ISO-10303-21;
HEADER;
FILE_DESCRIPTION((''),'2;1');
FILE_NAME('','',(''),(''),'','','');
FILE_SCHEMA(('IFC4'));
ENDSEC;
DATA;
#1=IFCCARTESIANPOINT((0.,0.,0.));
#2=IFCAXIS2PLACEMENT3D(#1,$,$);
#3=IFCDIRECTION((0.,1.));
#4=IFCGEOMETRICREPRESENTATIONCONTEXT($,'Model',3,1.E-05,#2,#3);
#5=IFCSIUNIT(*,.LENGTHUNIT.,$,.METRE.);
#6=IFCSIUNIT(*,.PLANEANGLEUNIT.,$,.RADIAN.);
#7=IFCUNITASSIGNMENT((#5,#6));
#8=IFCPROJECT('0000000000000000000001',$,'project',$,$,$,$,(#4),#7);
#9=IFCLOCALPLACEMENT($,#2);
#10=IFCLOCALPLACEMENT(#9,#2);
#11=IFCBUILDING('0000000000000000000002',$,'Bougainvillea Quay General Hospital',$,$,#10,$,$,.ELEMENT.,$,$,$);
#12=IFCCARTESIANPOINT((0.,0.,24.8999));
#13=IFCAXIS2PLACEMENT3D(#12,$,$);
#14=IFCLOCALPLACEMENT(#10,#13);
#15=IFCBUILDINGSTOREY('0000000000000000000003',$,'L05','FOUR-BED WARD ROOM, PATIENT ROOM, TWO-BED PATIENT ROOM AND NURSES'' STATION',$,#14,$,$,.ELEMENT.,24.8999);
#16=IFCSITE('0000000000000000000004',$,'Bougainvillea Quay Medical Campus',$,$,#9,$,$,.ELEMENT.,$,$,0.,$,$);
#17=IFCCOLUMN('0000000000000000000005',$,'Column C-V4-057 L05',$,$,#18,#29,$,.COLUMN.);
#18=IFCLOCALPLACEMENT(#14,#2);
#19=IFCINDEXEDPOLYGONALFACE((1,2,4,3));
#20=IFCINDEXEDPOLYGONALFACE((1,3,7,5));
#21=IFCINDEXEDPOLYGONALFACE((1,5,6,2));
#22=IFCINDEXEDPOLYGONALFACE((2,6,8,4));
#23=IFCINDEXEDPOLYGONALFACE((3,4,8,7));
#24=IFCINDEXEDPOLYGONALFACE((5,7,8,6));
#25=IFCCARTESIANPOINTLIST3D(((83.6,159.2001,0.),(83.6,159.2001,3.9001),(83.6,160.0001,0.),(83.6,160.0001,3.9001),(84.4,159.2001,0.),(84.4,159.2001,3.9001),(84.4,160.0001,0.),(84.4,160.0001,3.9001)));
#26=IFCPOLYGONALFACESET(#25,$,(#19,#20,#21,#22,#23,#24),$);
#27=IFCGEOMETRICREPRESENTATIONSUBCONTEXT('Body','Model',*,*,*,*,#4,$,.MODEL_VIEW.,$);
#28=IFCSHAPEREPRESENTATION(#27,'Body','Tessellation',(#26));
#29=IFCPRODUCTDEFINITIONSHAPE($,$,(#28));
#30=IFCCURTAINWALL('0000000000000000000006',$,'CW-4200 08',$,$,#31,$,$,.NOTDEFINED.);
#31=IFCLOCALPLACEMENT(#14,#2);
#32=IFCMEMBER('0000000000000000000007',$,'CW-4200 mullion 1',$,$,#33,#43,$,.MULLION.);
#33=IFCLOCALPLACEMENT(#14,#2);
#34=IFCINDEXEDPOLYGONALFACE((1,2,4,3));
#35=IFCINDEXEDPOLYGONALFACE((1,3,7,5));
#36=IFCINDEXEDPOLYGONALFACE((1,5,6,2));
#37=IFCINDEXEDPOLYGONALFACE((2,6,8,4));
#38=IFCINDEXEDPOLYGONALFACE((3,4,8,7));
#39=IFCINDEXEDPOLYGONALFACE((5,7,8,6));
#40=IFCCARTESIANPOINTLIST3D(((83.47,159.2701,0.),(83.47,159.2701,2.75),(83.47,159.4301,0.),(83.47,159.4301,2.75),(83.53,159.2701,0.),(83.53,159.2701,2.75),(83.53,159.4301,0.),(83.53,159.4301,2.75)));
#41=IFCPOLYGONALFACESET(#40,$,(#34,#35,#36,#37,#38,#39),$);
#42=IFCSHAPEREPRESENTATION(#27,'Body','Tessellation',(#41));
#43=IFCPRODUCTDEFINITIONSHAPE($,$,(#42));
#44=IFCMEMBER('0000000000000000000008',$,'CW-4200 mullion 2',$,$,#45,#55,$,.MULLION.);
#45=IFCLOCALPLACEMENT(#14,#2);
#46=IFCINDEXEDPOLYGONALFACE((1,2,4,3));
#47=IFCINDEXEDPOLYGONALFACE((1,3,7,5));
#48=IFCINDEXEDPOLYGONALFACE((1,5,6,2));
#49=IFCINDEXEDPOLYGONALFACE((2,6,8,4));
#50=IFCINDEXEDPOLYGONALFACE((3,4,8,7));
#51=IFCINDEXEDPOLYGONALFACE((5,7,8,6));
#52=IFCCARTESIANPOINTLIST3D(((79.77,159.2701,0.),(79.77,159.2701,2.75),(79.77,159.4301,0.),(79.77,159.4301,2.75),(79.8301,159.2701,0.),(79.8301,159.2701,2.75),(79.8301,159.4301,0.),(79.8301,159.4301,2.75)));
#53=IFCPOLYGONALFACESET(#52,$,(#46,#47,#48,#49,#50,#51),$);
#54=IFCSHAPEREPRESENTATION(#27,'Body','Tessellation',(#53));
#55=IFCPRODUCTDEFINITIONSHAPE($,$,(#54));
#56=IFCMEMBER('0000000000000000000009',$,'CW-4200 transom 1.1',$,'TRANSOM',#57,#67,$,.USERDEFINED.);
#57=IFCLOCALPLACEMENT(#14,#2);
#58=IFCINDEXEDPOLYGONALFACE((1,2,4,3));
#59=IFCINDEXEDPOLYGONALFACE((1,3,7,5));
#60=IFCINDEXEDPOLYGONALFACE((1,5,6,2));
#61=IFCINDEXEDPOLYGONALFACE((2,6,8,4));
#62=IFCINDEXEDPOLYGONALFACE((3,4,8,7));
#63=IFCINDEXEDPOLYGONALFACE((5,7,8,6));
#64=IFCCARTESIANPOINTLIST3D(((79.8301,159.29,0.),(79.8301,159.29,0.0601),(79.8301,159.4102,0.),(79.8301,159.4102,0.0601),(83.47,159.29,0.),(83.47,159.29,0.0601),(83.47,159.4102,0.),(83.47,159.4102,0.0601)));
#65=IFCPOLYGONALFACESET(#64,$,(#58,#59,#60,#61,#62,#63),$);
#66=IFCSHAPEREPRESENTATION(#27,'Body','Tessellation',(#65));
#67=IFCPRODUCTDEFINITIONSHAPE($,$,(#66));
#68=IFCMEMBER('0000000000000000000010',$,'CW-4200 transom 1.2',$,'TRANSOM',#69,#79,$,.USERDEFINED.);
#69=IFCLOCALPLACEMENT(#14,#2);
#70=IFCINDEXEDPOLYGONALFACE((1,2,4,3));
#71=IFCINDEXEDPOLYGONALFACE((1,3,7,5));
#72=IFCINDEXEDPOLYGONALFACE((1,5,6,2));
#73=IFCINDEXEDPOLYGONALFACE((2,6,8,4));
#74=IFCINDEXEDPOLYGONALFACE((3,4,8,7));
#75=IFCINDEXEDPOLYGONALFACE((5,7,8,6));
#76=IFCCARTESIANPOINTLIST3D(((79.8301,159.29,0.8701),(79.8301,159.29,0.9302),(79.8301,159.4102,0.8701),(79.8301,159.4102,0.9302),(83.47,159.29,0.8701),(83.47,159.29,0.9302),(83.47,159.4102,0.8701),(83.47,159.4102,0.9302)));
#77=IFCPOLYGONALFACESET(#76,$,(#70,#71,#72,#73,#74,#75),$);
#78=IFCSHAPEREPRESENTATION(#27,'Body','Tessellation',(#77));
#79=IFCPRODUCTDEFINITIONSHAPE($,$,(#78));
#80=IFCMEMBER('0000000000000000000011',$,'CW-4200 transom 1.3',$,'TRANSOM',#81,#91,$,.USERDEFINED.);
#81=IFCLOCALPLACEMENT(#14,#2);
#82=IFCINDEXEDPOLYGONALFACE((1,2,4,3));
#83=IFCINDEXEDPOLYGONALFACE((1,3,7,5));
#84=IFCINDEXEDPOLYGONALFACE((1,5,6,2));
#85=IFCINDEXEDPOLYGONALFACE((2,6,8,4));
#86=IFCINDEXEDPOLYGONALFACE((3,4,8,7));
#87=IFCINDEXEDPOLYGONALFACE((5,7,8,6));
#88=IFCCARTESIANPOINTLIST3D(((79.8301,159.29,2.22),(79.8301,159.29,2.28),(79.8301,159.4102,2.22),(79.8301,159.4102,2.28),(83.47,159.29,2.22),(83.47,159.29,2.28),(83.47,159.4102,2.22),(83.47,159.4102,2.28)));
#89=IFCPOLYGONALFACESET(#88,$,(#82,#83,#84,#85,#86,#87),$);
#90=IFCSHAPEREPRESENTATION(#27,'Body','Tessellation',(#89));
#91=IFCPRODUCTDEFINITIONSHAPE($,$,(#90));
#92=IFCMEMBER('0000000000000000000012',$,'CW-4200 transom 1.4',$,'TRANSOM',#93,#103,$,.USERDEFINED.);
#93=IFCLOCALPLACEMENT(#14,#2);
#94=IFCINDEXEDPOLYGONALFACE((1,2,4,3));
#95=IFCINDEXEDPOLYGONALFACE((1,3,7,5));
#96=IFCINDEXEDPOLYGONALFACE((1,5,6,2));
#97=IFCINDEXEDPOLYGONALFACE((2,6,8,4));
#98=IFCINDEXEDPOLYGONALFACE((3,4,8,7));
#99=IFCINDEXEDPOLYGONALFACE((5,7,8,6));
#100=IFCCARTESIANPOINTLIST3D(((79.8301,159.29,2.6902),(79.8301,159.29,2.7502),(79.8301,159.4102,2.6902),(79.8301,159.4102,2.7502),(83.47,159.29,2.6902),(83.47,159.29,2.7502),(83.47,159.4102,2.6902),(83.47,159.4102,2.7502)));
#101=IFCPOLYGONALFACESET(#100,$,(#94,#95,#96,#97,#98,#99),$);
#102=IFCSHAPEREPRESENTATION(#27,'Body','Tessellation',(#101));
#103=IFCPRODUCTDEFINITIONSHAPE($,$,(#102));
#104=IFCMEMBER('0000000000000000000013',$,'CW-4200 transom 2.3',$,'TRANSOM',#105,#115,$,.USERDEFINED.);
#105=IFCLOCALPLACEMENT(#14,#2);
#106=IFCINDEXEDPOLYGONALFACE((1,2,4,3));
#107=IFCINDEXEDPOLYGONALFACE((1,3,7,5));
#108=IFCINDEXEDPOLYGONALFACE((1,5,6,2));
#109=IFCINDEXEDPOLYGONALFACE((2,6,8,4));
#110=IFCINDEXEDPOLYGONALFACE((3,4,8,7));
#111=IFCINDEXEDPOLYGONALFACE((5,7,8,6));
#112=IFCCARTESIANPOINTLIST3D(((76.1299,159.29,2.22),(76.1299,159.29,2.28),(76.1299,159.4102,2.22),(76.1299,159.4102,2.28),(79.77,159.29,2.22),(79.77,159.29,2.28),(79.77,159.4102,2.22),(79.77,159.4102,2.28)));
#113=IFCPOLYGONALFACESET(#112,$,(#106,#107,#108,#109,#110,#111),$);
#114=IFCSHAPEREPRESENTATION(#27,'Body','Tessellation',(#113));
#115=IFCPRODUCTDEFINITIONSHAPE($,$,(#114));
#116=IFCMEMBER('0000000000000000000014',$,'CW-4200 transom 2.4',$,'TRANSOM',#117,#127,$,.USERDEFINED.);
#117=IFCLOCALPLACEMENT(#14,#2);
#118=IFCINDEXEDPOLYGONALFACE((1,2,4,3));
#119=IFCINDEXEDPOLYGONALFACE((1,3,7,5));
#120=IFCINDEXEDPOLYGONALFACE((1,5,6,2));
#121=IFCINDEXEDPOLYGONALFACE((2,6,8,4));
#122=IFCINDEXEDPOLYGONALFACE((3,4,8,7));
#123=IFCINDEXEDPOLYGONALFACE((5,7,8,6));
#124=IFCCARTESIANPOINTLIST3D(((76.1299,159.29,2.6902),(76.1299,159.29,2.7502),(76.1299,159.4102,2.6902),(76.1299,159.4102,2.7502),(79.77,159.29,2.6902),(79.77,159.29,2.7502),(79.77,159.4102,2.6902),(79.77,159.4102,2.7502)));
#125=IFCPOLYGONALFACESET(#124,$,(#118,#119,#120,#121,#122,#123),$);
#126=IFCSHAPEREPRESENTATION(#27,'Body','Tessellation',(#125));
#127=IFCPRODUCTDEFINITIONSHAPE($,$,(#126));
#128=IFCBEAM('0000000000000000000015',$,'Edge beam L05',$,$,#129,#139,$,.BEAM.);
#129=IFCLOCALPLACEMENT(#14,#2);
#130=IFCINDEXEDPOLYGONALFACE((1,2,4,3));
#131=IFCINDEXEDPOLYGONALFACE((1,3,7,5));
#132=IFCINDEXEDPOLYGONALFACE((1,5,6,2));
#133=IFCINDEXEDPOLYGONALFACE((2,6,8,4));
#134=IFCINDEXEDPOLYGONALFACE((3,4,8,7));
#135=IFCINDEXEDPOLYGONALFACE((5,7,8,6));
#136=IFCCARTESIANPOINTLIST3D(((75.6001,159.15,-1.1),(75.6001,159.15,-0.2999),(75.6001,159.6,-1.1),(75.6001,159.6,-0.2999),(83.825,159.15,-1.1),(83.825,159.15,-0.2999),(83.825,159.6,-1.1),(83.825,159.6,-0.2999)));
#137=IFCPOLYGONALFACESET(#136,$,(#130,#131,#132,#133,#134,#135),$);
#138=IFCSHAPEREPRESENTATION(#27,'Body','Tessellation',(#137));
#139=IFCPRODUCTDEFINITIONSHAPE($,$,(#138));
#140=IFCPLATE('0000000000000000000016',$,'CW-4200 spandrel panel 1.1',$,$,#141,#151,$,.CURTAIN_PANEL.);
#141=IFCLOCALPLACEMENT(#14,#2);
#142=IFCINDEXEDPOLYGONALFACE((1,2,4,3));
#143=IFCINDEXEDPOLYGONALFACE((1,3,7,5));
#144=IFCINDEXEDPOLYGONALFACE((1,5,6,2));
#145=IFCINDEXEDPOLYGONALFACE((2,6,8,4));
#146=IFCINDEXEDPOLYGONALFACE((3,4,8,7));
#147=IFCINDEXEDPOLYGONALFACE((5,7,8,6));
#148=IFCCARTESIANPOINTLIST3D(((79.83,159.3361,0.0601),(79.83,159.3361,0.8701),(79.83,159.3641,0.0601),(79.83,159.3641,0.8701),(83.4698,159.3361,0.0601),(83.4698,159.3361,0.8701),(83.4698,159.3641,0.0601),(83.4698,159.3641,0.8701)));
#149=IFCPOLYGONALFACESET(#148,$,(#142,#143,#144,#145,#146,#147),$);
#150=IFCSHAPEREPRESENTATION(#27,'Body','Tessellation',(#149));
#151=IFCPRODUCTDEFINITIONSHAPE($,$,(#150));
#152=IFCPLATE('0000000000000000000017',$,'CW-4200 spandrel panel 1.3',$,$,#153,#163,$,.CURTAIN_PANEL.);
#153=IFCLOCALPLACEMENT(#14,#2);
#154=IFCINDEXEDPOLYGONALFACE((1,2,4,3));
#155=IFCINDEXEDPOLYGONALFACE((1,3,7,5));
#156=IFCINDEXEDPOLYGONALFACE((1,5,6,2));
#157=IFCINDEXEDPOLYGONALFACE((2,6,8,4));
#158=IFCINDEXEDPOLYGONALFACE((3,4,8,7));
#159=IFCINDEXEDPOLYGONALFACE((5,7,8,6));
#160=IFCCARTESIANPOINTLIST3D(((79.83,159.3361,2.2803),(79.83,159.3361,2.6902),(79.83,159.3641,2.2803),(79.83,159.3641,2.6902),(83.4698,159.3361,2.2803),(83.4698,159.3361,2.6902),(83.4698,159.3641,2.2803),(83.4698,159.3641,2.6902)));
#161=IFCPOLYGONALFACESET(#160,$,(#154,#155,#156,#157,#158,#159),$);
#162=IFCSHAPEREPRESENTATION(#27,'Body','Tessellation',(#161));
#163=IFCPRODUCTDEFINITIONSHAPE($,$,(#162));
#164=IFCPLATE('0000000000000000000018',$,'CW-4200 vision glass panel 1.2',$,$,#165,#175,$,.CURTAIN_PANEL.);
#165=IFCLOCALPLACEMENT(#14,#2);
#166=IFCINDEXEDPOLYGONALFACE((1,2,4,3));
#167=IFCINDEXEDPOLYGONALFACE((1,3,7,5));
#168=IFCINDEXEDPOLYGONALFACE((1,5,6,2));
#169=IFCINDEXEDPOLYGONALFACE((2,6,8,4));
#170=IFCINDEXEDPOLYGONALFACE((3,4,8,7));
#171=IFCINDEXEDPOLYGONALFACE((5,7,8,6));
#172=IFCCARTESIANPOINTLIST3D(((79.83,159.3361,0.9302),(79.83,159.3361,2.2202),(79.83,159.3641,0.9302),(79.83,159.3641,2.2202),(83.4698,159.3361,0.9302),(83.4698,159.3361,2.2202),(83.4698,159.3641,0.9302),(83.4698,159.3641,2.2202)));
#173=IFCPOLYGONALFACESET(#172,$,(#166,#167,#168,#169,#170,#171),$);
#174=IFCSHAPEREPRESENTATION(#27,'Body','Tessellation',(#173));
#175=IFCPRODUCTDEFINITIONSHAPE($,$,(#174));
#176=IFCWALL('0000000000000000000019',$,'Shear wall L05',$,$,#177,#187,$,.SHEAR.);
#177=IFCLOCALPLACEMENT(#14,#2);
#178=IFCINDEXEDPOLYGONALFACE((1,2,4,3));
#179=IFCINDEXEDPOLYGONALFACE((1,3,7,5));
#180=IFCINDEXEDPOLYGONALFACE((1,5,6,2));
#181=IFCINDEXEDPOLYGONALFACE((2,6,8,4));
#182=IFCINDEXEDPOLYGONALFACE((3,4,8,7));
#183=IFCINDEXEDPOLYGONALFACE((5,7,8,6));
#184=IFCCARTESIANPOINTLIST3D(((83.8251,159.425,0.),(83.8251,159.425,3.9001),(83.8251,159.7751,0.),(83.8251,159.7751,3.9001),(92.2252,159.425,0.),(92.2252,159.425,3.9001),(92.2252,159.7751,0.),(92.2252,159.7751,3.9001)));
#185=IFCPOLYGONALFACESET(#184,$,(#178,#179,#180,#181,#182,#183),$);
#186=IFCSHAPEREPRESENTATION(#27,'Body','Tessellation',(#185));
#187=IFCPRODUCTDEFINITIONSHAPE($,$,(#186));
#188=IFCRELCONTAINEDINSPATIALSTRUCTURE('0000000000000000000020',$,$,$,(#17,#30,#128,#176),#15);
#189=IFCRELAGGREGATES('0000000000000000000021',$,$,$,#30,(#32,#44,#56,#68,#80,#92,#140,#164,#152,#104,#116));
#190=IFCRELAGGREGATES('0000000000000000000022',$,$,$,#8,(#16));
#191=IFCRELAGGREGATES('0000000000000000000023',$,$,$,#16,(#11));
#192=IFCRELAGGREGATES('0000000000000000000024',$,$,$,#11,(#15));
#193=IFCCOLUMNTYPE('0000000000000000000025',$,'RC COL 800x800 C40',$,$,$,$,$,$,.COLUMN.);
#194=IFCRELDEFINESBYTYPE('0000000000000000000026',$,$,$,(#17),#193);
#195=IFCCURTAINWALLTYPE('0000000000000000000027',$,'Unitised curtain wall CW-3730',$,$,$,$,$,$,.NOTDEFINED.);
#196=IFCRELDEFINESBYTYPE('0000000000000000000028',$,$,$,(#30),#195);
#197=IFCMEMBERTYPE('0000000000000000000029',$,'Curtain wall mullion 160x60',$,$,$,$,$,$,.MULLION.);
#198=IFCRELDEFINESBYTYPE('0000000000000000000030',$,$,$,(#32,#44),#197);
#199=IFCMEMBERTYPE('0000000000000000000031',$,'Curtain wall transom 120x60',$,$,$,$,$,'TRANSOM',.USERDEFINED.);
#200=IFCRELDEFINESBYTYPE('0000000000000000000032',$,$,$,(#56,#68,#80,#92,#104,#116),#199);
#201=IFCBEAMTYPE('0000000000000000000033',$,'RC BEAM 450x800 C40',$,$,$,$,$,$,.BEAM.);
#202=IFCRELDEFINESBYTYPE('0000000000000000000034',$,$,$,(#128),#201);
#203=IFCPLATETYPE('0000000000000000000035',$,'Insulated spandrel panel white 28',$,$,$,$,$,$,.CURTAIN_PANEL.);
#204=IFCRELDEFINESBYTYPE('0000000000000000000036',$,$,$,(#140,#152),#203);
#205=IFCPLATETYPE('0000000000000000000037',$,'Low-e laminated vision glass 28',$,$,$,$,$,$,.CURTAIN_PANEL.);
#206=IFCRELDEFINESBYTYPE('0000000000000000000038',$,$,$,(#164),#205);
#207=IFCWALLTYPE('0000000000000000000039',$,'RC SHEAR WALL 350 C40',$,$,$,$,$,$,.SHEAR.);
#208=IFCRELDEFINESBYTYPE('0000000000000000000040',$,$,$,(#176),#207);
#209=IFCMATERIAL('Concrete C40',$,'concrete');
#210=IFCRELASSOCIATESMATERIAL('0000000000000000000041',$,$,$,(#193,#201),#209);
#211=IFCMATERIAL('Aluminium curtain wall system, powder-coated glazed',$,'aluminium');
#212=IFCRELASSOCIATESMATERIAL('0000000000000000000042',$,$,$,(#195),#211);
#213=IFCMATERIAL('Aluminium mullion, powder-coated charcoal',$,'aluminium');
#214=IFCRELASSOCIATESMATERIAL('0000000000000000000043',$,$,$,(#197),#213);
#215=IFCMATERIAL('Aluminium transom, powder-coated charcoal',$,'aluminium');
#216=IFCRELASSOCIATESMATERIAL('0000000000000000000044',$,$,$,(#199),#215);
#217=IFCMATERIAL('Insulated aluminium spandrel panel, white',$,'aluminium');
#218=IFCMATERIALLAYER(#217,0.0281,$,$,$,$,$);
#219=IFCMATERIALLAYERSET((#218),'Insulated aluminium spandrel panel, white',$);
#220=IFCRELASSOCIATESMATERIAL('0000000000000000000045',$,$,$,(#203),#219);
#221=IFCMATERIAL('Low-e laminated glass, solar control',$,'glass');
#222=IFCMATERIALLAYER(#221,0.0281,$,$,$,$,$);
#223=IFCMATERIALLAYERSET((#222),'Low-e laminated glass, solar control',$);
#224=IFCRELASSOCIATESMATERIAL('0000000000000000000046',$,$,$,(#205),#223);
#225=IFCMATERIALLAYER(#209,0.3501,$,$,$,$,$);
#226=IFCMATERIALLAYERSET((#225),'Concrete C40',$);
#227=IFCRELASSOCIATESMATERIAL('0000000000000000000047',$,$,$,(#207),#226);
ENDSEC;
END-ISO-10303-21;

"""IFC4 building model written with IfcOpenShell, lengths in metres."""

from ifc_helpers import new_model, si_unit, direction, frame, frame_2d, origin, origin_2d, place, context, subcontext, project, spatial, rectangle, extrude, material, layer, layer_set, material_profile, profile_set, type_object, element, aggregate, save


model = new_model("IFC4")

# Units and contexts
model_context = context("Model", 3, precision=1e-05, world=origin(), true_north=direction((0.0, 1.0)))
body_context = subcontext(model_context, "Body", "Model", "MODEL_VIEW")
ifc_project = project(units=[si_unit("LENGTHUNIT", "METRE"), si_unit("PLANEANGLEUNIT", "RADIAN")], contexts=[model_context])

# Site, building, storey
site_placement = place(None, origin())
site = spatial("IfcSite", under=ifc_project, at=site_placement, Name="Bougainvillea Quay Medical Campus", CompositionType="ELEMENT", RefElevation=0.0)
building_placement = place(site_placement, origin())
building = spatial("IfcBuilding", under=site, at=building_placement, Name="Bougainvillea Quay General Hospital", CompositionType="ELEMENT")
storey_placement = place(building_placement, frame((0.0, 0.0, 24.8999)))
storey = spatial("IfcBuildingStorey", under=building, at=storey_placement, Name="L05", Description="FOUR-BED WARD ROOM, PATIENT ROOM, TWO-BED PATIENT ROOM AND NURSES' STATION", CompositionType="ELEMENT", Elevation=24.8999)

# Column
ifc_material_1 = material(Name="Concrete C40", Category="concrete")
ifc_material_profile_1 = material_profile(ifc_material_1, rectangle(XDim=0.8, YDim=0.8, at=origin_2d()))
ifc_profile_set_1 = profile_set([ifc_material_profile_1], Name="Concrete C40")
column_type = type_object("IfcColumnType", Name="RC COL 800x800 C40", PredefinedType="COLUMN", material=ifc_profile_set_1)
column_placement = place(storey_placement, frame((84.0, 159.6001, 0.0), z_axis=(0.0, 0.0, 1.0), x_axis=(1.0, 0.0, 0.0)))
element("IfcColumn", 1, at=column_placement, inside=storey, type_object=column_type, Name="Column C-V4-057 L05", PredefinedType="COLUMN", context=body_context, shape_type="SweptSolid", body=[
    extrude(rectangle(XDim=0.8, YDim=0.8, at=origin_2d()), origin(), (0.0, 0.0, 1.0), 3.9001),
])

# Curtain wall, members
ifc_material_2 = material(Name="Aluminium curtain wall system, powder-coated glazed", Category="aluminium")
curtain_wall_type = type_object("IfcCurtainWallType", Name="Unitised curtain wall CW-3730", PredefinedType="NOTDEFINED", material=ifc_material_2)
curtain_wall_placement = place(storey_placement, origin())
curtain_wall = element("IfcCurtainWall", 2, at=curtain_wall_placement, inside=storey, type_object=curtain_wall_type, Name="CW-4200 08", PredefinedType="NOTDEFINED")
ifc_material_3 = material(Name="Aluminium mullion, powder-coated charcoal", Category="aluminium")
ifc_material_profile_2 = material_profile(ifc_material_3, rectangle(XDim=0.1599, YDim=0.0601, at=origin_2d()))
ifc_profile_set_2 = profile_set([ifc_material_profile_2], Name="Aluminium mullion, powder-coated charcoal")
member_type_1 = type_object("IfcMemberType", Name="Curtain wall mullion 160x60", PredefinedType="MULLION", material=ifc_profile_set_2)
member_1_placement = place(storey_placement, frame((83.5, 159.3501, 0.0), z_axis=(0.0, 0.0, 1.0), x_axis=(0.0, -1.0, 0.0)))
member_1 = element("IfcMember", 3, at=member_1_placement, type_object=member_type_1, Name="CW-4200 mullion 1", PredefinedType="MULLION", context=body_context, shape_type="SweptSolid", body=[
    extrude(rectangle(XDim=0.1599, YDim=0.0601, at=origin_2d()), origin(), (0.0, 0.0, 1.0), 2.75),
])
member_2_placement = place(storey_placement, frame((79.8, 159.3501, 0.0), z_axis=(0.0, 0.0, 1.0), x_axis=(0.0, -1.0, 0.0)))
member_2 = element("IfcMember", 4, at=member_2_placement, type_object=member_type_1, Name="CW-4200 mullion 2", PredefinedType="MULLION", context=body_context, shape_type="SweptSolid", body=[
    extrude(rectangle(XDim=0.1599, YDim=0.0601, at=origin_2d()), origin(), (0.0, 0.0, 1.0), 2.75),
])
ifc_material_4 = material(Name="Aluminium transom, powder-coated charcoal", Category="aluminium")
ifc_material_profile_3 = material_profile(ifc_material_4, rectangle(XDim=0.1201, YDim=0.0601, at=origin_2d()))
ifc_profile_set_3 = profile_set([ifc_material_profile_3], Name="Aluminium transom, powder-coated charcoal")
member_type_2 = type_object("IfcMemberType", Name="Curtain wall transom 120x60", ElementType="TRANSOM", PredefinedType="USERDEFINED", material=ifc_profile_set_3)
member_3_placement = place(storey_placement, frame((83.47, 159.3501, 0.03), z_axis=(-1.0, 0.0, 0.0), x_axis=(0.0, -1.0, 0.0)))
member_3 = element("IfcMember", 5, at=member_3_placement, type_object=member_type_2, Name="CW-4200 transom 1.1", ObjectType="TRANSOM", PredefinedType="USERDEFINED", context=body_context, shape_type="SweptSolid", body=[
    extrude(rectangle(XDim=0.1201, YDim=0.0601, at=origin_2d()), origin(), (0.0, 0.0, 1.0), 3.6399),
])
member_4_placement = place(storey_placement, frame((83.47, 159.3501, 0.9001), z_axis=(-1.0, 0.0, 0.0), x_axis=(0.0, -1.0, 0.0)))
member_4 = element("IfcMember", 6, at=member_4_placement, type_object=member_type_2, Name="CW-4200 transom 1.2", ObjectType="TRANSOM", PredefinedType="USERDEFINED", context=body_context, shape_type="SweptSolid", body=[
    extrude(rectangle(XDim=0.1201, YDim=0.0601, at=origin_2d()), origin(), (0.0, 0.0, 1.0), 3.6399),
])
member_5_placement = place(storey_placement, frame((83.47, 159.3501, 2.25), z_axis=(-1.0, 0.0, 0.0), x_axis=(0.0, -1.0, 0.0)))
member_5 = element("IfcMember", 7, at=member_5_placement, type_object=member_type_2, Name="CW-4200 transom 1.3", ObjectType="TRANSOM", PredefinedType="USERDEFINED", context=body_context, shape_type="SweptSolid", body=[
    extrude(rectangle(XDim=0.1201, YDim=0.0601, at=origin_2d()), origin(), (0.0, 0.0, 1.0), 3.6399),
])
member_6_placement = place(storey_placement, frame((83.47, 159.3501, 2.7202), z_axis=(-1.0, 0.0, 0.0), x_axis=(0.0, -1.0, 0.0)))
member_6 = element("IfcMember", 8, at=member_6_placement, type_object=member_type_2, Name="CW-4200 transom 1.4", ObjectType="TRANSOM", PredefinedType="USERDEFINED", context=body_context, shape_type="SweptSolid", body=[
    extrude(rectangle(XDim=0.1201, YDim=0.0601, at=origin_2d()), origin(), (0.0, 0.0, 1.0), 3.6399),
])
member_7_placement = place(storey_placement, frame((79.77, 159.3501, 2.25), z_axis=(-1.0, 0.0, 0.0), x_axis=(0.0, -1.0, 0.0)))
member_7 = element("IfcMember", 9, at=member_7_placement, type_object=member_type_2, Name="CW-4200 transom 2.3", ObjectType="TRANSOM", PredefinedType="USERDEFINED", context=body_context, shape_type="SweptSolid", body=[
    extrude(rectangle(XDim=0.1201, YDim=0.0601, at=origin_2d()), origin(), (0.0, 0.0, 1.0), 3.6401),
])
member_8_placement = place(storey_placement, frame((79.77, 159.3501, 2.7202), z_axis=(-1.0, 0.0, 0.0), x_axis=(0.0, -1.0, 0.0)))
member_8 = element("IfcMember", 10, at=member_8_placement, type_object=member_type_2, Name="CW-4200 transom 2.4", ObjectType="TRANSOM", PredefinedType="USERDEFINED", context=body_context, shape_type="SweptSolid", body=[
    extrude(rectangle(XDim=0.1201, YDim=0.0601, at=origin_2d()), origin(), (0.0, 0.0, 1.0), 3.6401),
])

# Beam
ifc_material_profile_4 = material_profile(ifc_material_1, rectangle(XDim=0.45, YDim=0.8, at=origin_2d()))
ifc_profile_set_4 = profile_set([ifc_material_profile_4], Name="Concrete C40")
beam_type = type_object("IfcBeamType", Name="RC BEAM 450x800 C40", PredefinedType="BEAM", material=ifc_profile_set_4)
beam_placement = place(storey_placement, frame((83.825, 159.375, -0.7), z_axis=(-1.0, 0.0, 0.0), x_axis=(0.0, -1.0, 0.0)))
element("IfcBeam", 11, at=beam_placement, inside=storey, type_object=beam_type, Name="Edge beam L05", PredefinedType="BEAM", context=body_context, shape_type="SweptSolid", body=[
    extrude(rectangle(XDim=0.45, YDim=0.8, at=origin_2d()), origin(), (0.0, 0.0, 1.0), 8.2249),
])

# Plates
ifc_material_5 = material(Name="Insulated aluminium spandrel panel, white", Category="aluminium")
ifc_layer_1 = layer(ifc_material_5, 0.0281)
ifc_layer_set_1 = layer_set([ifc_layer_1], Name="Insulated aluminium spandrel panel, white")
plate_type_1 = type_object("IfcPlateType", Name="Insulated spandrel panel white 28", PredefinedType="CURTAIN_PANEL", material=ifc_layer_set_1)
plate_1_placement = place(storey_placement, frame((81.6499, 159.3501, 0.0601), z_axis=(0.0, 0.0, 1.0), x_axis=(-1.0, 0.0, 0.0)))
plate_1 = element("IfcPlate", 12, at=plate_1_placement, type_object=plate_type_1, Name="CW-4200 spandrel panel 1.1", PredefinedType="CURTAIN_PANEL", context=body_context, shape_type="SweptSolid", body=[
    extrude(rectangle(XDim=3.6399, YDim=0.0281, at=origin_2d()), origin(), (0.0, 0.0, 1.0), 0.8101),
])
plate_2_placement = place(storey_placement, frame((81.6499, 159.3501, 2.2803), z_axis=(0.0, 0.0, 1.0), x_axis=(-1.0, 0.0, 0.0)))
plate_2 = element("IfcPlate", 13, at=plate_2_placement, type_object=plate_type_1, Name="CW-4200 spandrel panel 1.3", PredefinedType="CURTAIN_PANEL", context=body_context, shape_type="SweptSolid", body=[
    extrude(rectangle(XDim=3.6399, YDim=0.0281, at=origin_2d()), origin(), (0.0, 0.0, 1.0), 0.4099),
])
ifc_material_6 = material(Name="Low-e laminated glass, solar control", Category="glass")
ifc_layer_2 = layer(ifc_material_6, 0.0281)
ifc_layer_set_2 = layer_set([ifc_layer_2], Name="Low-e laminated glass, solar control")
plate_type_2 = type_object("IfcPlateType", Name="Low-e laminated vision glass 28", PredefinedType="CURTAIN_PANEL", material=ifc_layer_set_2)
plate_3_placement = place(storey_placement, frame((81.6499, 159.3501, 0.9302), z_axis=(0.0, 0.0, 1.0), x_axis=(-1.0, 0.0, 0.0)))
plate_3 = element("IfcPlate", 14, at=plate_3_placement, type_object=plate_type_2, Name="CW-4200 vision glass panel 1.2", PredefinedType="CURTAIN_PANEL", context=body_context, shape_type="SweptSolid", body=[
    extrude(rectangle(XDim=3.6399, YDim=0.0281, at=origin_2d()), origin(), (0.0, 0.0, 1.0), 1.29),
])
aggregate(curtain_wall, [member_1, member_2, member_3, member_4, member_5, member_6, plate_1, plate_3, plate_2, member_7, member_8])

# Wall
ifc_layer_3 = layer(ifc_material_1, 0.3501)
ifc_layer_set_3 = layer_set([ifc_layer_3], Name="Concrete C40")
wall_type = type_object("IfcWallType", Name="RC SHEAR WALL 350 C40", PredefinedType="SHEAR", material=ifc_layer_set_3)
wall_placement = place(storey_placement, frame((83.825, 159.6001, 0.0), z_axis=(0.0, 0.0, 1.0), x_axis=(1.0, 0.0, 0.0)))
element("IfcWall", 15, at=wall_placement, inside=storey, type_object=wall_type, Name="Shear wall L05", PredefinedType="SHEAR", context=body_context, shape_type="SweptSolid", body=[
    extrude(rectangle(XDim=8.4001, YDim=0.3501, at=frame_2d((4.2002, 0.0))), origin(), (0.0, 0.0, 1.0), 3.9001),
])

save(model, "model.ifc")
